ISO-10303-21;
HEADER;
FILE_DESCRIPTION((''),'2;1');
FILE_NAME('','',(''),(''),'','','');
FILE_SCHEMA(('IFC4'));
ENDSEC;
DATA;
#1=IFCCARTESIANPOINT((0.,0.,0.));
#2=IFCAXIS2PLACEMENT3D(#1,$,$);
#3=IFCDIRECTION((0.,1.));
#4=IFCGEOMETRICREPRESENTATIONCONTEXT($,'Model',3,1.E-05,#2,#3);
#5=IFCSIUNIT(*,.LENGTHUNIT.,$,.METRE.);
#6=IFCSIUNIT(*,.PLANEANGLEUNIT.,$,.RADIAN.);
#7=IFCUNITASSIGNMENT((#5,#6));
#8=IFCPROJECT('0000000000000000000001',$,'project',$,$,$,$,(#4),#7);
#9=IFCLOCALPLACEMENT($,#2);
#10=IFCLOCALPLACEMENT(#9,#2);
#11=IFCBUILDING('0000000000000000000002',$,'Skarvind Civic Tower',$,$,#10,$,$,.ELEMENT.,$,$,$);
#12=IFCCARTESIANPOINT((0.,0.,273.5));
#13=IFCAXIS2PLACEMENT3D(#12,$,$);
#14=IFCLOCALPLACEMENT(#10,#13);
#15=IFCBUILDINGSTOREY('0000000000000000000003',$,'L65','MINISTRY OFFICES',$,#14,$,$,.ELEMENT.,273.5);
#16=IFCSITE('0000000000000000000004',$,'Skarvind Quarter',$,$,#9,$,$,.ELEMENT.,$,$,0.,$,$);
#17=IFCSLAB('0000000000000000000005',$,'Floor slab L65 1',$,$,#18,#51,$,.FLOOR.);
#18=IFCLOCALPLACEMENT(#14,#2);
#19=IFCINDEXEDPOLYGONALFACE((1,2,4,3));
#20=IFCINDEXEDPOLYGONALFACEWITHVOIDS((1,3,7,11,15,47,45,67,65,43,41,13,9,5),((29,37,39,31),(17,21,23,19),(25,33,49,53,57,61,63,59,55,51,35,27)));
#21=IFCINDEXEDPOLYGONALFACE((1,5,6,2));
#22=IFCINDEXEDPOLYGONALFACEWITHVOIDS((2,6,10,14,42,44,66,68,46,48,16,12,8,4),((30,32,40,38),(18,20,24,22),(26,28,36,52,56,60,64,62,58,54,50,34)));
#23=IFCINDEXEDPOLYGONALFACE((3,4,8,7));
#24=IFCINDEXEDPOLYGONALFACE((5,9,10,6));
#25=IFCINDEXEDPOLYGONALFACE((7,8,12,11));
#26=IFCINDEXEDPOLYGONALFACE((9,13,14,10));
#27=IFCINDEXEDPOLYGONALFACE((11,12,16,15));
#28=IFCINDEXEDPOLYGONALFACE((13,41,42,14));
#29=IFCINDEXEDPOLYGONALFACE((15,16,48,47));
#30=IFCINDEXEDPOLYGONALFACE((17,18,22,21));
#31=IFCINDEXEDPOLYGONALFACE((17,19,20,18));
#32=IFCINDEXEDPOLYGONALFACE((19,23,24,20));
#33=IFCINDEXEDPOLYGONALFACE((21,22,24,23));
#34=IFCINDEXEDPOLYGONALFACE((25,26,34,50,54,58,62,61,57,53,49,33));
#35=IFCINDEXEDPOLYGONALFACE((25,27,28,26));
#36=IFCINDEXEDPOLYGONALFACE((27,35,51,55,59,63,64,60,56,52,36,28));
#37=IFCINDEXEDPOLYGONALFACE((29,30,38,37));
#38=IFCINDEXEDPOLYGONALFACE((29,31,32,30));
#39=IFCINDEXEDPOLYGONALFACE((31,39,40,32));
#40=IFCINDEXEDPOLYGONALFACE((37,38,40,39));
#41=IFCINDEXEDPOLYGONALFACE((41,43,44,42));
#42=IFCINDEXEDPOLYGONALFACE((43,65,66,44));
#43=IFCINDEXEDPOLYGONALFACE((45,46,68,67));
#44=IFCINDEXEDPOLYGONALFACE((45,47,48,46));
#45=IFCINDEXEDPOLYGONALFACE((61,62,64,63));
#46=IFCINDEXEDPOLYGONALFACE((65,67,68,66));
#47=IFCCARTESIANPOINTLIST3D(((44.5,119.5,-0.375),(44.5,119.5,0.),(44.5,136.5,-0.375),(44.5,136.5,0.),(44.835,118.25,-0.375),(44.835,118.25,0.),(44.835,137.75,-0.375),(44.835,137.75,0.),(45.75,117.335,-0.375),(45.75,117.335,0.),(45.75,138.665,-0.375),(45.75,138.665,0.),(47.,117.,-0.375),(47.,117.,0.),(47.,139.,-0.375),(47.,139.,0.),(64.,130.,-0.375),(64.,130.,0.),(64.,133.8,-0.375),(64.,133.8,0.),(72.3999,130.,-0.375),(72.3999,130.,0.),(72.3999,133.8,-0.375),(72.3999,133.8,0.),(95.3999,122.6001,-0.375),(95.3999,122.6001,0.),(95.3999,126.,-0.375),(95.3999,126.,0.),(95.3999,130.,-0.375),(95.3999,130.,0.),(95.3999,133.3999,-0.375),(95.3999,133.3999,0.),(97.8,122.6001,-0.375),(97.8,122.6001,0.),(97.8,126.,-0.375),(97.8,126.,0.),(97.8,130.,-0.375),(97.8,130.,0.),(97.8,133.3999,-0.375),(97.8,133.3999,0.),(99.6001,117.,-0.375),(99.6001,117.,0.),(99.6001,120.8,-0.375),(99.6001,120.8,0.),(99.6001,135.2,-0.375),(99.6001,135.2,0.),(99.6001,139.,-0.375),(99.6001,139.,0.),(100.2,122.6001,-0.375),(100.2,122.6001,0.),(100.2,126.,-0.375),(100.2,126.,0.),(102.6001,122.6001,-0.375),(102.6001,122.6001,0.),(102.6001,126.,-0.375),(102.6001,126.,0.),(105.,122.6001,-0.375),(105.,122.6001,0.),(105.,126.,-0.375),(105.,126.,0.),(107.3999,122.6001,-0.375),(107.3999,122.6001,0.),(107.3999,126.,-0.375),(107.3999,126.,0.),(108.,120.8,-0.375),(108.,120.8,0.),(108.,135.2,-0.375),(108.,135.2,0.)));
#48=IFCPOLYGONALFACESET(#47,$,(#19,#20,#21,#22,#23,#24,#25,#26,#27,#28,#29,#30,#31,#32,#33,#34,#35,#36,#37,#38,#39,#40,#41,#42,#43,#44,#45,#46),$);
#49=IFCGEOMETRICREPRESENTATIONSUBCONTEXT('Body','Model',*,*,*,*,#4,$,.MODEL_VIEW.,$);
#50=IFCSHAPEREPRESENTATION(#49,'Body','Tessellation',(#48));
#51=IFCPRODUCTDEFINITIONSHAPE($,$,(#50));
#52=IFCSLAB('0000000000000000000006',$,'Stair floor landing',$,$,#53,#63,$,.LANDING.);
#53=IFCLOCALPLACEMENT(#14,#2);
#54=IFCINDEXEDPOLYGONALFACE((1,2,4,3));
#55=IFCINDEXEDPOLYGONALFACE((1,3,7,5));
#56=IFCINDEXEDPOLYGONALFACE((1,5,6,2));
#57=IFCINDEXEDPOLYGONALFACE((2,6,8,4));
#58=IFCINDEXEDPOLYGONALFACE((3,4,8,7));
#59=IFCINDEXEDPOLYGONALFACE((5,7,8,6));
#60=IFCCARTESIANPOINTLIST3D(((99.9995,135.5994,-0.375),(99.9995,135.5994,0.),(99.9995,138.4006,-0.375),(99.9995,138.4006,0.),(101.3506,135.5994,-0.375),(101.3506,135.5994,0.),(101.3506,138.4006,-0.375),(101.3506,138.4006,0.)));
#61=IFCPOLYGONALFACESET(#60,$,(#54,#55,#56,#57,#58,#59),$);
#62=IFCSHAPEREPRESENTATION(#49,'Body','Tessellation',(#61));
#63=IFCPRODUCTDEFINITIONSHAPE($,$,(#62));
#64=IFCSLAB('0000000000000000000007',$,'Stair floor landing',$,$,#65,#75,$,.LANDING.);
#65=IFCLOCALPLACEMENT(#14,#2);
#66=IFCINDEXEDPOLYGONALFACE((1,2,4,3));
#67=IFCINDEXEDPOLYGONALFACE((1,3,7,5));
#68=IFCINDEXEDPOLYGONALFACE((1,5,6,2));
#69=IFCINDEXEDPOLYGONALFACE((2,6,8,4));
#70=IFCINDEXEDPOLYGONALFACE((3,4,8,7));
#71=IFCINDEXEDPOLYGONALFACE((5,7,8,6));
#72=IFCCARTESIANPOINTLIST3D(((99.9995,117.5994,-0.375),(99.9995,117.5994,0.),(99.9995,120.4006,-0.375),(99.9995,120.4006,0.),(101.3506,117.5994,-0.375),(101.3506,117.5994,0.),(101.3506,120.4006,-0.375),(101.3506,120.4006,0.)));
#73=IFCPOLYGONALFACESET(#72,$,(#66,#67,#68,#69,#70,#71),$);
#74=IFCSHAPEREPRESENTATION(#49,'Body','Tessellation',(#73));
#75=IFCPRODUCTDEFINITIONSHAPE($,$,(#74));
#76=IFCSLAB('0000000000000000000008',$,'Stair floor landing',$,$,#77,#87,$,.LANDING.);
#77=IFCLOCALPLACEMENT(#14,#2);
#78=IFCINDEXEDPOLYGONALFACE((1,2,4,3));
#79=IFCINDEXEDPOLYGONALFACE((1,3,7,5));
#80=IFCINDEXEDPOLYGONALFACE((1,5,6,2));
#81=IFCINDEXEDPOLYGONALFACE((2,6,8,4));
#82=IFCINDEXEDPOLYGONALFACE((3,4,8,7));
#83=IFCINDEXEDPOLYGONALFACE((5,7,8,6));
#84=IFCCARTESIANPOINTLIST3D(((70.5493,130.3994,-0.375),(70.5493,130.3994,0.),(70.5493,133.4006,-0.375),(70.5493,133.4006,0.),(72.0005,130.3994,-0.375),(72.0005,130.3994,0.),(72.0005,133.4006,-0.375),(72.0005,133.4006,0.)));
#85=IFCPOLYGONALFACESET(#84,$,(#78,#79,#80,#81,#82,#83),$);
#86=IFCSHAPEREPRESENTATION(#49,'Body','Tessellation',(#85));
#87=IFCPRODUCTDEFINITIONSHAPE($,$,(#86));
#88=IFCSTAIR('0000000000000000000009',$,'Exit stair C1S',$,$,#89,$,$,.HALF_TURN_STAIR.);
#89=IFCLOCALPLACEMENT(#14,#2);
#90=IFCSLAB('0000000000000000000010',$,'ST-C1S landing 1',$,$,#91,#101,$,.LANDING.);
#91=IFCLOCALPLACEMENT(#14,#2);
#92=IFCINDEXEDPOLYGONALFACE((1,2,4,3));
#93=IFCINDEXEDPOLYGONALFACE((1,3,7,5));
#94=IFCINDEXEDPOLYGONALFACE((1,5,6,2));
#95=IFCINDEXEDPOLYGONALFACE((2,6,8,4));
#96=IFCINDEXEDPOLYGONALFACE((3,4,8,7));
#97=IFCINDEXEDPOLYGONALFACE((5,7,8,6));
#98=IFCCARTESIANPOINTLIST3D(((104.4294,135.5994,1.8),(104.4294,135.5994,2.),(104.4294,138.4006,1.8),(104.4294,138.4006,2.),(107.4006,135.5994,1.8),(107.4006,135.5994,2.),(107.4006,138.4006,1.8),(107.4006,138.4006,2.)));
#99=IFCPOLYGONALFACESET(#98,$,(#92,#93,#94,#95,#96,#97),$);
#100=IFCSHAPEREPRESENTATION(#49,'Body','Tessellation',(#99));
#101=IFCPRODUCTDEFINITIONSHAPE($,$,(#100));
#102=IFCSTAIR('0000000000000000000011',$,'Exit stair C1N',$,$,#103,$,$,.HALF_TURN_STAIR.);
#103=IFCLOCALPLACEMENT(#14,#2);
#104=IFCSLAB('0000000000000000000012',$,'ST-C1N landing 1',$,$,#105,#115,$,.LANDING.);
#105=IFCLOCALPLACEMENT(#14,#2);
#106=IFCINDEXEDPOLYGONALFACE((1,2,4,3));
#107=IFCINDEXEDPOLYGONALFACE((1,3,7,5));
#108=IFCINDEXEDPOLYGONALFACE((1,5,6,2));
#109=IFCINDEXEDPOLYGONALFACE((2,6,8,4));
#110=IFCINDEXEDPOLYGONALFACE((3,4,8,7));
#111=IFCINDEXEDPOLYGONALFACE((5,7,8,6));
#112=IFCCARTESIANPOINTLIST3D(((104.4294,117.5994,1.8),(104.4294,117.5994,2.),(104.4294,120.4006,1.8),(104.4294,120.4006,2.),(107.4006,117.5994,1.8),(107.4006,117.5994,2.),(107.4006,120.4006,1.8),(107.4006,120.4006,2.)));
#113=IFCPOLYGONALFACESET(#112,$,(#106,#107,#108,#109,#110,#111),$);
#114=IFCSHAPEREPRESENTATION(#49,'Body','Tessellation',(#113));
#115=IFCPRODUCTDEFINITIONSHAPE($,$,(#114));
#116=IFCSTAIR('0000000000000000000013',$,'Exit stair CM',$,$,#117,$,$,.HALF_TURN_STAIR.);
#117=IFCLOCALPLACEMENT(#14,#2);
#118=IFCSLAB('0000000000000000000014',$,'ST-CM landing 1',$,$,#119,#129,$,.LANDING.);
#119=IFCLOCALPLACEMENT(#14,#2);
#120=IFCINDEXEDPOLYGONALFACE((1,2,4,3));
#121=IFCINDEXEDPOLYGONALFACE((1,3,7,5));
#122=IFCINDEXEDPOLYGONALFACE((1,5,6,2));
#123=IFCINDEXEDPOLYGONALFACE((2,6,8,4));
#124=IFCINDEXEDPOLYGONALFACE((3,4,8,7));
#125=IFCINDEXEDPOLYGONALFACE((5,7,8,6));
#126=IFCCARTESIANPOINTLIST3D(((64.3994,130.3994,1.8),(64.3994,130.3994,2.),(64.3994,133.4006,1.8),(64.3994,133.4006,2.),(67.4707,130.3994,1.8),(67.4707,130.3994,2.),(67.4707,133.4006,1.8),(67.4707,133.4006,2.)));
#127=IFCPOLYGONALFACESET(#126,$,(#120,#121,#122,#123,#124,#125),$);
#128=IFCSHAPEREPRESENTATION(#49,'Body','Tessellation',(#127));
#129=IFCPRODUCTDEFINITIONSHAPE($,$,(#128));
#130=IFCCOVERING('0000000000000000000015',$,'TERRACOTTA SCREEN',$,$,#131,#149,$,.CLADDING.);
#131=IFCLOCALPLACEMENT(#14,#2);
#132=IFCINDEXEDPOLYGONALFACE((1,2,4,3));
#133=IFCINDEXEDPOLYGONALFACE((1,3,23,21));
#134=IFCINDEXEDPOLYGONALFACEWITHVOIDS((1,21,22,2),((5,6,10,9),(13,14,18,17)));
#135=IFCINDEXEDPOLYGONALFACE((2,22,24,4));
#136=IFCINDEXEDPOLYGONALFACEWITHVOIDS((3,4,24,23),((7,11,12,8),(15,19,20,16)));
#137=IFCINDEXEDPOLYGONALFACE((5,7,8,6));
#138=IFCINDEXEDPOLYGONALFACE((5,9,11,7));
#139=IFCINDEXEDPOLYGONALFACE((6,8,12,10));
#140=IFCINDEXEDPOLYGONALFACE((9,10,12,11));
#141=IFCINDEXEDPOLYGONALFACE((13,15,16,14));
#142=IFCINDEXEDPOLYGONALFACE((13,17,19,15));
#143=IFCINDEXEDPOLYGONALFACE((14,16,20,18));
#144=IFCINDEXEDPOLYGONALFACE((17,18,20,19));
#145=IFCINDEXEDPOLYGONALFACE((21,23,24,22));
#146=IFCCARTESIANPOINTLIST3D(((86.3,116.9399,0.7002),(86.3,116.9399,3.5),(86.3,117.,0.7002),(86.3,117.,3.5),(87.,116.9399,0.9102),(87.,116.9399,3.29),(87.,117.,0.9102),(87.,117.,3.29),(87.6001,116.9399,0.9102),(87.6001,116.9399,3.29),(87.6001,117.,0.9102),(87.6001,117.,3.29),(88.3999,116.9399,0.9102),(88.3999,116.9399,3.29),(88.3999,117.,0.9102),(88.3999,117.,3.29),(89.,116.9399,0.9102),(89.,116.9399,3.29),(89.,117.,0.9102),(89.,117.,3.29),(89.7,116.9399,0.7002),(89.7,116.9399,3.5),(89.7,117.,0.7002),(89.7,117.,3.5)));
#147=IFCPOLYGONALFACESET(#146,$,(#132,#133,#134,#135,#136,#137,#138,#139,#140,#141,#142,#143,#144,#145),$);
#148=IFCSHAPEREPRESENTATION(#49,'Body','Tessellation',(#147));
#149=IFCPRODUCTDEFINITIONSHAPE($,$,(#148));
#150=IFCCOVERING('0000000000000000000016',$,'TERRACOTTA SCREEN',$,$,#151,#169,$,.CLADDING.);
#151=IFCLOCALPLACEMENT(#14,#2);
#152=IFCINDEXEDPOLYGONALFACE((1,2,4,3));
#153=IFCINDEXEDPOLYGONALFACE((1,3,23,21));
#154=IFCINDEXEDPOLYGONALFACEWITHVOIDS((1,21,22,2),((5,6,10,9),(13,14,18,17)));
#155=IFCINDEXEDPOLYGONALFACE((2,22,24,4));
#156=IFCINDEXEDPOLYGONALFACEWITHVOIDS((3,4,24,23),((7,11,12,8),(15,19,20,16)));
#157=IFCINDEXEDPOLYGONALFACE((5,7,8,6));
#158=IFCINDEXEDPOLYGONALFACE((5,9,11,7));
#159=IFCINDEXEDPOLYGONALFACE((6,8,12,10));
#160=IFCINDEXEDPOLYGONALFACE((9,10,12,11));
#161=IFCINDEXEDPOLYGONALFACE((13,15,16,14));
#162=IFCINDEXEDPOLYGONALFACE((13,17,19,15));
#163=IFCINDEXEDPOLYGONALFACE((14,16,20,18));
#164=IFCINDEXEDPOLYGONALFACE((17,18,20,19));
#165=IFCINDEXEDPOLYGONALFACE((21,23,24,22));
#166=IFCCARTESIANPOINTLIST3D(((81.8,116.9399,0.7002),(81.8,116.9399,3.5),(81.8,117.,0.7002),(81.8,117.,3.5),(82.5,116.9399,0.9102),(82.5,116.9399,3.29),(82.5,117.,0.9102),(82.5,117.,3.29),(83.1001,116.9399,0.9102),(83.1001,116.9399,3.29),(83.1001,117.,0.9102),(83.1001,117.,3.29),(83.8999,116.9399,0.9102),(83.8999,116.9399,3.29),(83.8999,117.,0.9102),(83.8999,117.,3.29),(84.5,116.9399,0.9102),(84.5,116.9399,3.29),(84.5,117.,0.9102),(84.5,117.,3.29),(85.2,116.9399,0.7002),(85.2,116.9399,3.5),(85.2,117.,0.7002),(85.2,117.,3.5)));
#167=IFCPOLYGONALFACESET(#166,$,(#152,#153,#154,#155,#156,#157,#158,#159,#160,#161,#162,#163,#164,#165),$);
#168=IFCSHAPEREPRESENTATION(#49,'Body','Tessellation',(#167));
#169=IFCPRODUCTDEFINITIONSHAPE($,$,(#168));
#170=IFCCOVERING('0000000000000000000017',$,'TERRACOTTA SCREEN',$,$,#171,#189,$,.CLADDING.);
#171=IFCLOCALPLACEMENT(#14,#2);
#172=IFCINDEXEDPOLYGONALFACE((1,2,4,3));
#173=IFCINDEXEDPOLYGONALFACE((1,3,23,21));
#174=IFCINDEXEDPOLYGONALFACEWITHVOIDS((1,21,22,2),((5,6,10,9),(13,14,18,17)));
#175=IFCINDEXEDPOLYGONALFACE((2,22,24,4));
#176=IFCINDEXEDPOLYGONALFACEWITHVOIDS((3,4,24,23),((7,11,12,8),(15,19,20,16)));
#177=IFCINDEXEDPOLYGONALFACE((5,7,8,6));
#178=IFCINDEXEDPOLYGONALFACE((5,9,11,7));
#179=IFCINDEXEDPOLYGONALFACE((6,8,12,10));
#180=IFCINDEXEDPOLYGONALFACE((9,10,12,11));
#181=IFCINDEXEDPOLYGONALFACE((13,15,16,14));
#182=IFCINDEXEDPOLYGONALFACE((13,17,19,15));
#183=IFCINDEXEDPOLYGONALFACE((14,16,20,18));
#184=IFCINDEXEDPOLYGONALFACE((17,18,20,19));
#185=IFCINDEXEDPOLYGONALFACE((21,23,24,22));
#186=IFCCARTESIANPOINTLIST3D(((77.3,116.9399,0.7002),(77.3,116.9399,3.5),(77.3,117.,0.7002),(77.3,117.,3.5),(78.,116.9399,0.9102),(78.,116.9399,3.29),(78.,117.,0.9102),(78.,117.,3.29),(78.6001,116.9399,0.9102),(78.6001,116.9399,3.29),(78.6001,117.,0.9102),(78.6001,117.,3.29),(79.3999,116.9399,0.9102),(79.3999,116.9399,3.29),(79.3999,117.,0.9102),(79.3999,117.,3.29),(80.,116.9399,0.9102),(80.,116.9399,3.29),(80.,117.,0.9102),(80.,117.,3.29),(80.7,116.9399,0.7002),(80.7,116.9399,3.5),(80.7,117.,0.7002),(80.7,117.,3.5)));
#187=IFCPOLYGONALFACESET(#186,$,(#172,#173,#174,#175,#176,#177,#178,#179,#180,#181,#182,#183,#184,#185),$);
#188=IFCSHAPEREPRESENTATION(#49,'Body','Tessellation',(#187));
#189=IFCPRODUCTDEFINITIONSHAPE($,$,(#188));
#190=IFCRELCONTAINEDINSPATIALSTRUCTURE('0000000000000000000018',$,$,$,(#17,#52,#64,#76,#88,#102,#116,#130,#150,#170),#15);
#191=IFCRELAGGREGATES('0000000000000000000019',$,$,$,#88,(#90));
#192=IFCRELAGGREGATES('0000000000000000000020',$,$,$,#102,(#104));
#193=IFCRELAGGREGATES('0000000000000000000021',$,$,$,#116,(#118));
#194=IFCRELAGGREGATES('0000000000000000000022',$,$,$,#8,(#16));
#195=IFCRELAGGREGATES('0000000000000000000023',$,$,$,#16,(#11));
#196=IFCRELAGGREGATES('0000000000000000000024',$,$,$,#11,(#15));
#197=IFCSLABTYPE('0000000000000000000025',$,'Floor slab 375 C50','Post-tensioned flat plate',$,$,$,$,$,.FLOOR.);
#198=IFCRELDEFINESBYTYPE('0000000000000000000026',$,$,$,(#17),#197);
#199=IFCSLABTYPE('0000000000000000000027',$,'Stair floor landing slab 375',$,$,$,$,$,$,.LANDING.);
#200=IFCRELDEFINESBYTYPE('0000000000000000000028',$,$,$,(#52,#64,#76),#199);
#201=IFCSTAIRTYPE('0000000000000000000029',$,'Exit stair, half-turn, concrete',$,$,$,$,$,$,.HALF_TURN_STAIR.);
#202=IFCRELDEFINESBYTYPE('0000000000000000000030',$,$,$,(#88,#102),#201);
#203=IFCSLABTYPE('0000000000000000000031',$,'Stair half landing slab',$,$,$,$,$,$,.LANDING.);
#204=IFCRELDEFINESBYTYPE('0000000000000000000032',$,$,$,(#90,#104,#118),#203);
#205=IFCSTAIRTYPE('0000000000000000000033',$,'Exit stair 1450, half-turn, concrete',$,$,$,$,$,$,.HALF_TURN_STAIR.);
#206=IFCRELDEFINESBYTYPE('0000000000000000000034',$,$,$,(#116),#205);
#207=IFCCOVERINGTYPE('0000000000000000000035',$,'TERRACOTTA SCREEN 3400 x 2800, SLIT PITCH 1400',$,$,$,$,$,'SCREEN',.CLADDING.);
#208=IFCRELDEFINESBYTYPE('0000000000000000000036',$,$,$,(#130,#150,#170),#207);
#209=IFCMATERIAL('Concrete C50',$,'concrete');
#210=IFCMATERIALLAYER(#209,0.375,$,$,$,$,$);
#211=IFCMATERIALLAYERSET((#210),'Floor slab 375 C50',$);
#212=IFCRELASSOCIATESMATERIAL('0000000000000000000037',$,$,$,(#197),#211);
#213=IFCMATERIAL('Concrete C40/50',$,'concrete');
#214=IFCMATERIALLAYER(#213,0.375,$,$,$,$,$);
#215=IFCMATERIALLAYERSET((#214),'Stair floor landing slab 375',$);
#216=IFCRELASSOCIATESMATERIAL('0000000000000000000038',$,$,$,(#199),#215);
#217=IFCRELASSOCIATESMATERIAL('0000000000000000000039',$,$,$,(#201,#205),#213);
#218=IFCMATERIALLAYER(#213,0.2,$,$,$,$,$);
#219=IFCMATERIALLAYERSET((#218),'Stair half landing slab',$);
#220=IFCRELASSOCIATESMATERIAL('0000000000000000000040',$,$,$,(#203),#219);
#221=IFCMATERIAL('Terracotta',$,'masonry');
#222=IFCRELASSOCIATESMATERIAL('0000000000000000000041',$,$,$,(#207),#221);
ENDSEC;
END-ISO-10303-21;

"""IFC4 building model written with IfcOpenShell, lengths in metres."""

from ifc_helpers import new_model, si_unit, direction, frame, origin, place, context, subcontext, project, spatial, polyline, outline, extrude, material, layer, layer_set, material_profile, profile_set, type_object, element, aggregate, save


model = new_model("IFC4")

# Units and contexts
model_context = context("Model", 3, precision=1e-05, world=origin(), true_north=direction((0.0, 1.0)))
body_context = subcontext(model_context, "Body", "Model", "MODEL_VIEW")
ifc_project = project(units=[si_unit("LENGTHUNIT", "METRE"), si_unit("PLANEANGLEUNIT", "RADIAN")], contexts=[model_context])

# Site, building, storey
site_placement = place(None, origin())
site = spatial("IfcSite", under=ifc_project, at=site_placement, Name="Skarvind Quarter", CompositionType="ELEMENT", RefElevation=0.0)
building_placement = place(site_placement, origin())
building = spatial("IfcBuilding", under=site, at=building_placement, Name="Skarvind Civic Tower", CompositionType="ELEMENT")
storey_placement = place(building_placement, frame((0.0, 0.0, 273.5)))
storey = spatial("IfcBuildingStorey", under=building, at=storey_placement, Name="L65", Description="MINISTRY OFFICES", CompositionType="ELEMENT", Elevation=273.5)

# Slabs
ifc_material_1 = material(Name="Concrete C50", Category="concrete")
ifc_layer_1 = layer(ifc_material_1, 0.375)
ifc_layer_set_1 = layer_set([ifc_layer_1], Name="Floor slab 375 C50")
slab_type_1 = type_object("IfcSlabType", Name="Floor slab 375 C50", Description="Post-tensioned flat plate", PredefinedType="FLOOR", material=ifc_layer_set_1)
slab_1_placement = place(storey_placement, frame((0.0, 0.0, -0.375)))
element("IfcSlab", 1, at=slab_1_placement, inside=storey, type_object=slab_type_1, Name="Floor slab L65 1", PredefinedType="FLOOR", context=body_context, shape_type="SweptSolid", body=[
    extrude(outline(polyline([(99.6001, 117.0), (99.6001, 120.8), (108.0, 120.8), (108.0, 135.2), (99.6001, 135.2), (99.6001, 139.0), (47.0, 139.0), (45.75, 138.665), (44.835, 137.75), (44.5, 136.5), (44.5, 119.5), (44.835, 118.25), (45.75, 117.335), (47.0, 117.0), (99.6001, 117.0)]), holes=[polyline([(95.3999, 126.0), (97.8, 126.0), (100.2, 126.0), (102.6001, 126.0), (105.0, 126.0), (107.3999, 126.0), (107.3999, 122.6001), (105.0, 122.6001), (102.6001, 122.6001), (100.2, 122.6001), (97.8, 122.6001), (95.3999, 122.6001), (95.3999, 126.0)]), polyline([(95.3999, 133.3999), (97.8, 133.3999), (97.8, 130.0), (95.3999, 130.0), (95.3999, 133.3999)]), polyline([(64.0, 130.0), (64.0, 133.8), (72.3999, 133.8), (72.3999, 130.0), (64.0, 130.0)])]), origin(), (0.0, 0.0, 1.0), 0.375),
])
ifc_material_2 = material(Name="Concrete C40/50", Category="concrete")
ifc_layer_2 = layer(ifc_material_2, 0.375)
ifc_layer_set_2 = layer_set([ifc_layer_2], Name="Stair floor landing slab 375")
slab_type_2 = type_object("IfcSlabType", Name="Stair floor landing slab 375", PredefinedType="LANDING", material=ifc_layer_set_2)
slab_2_placement = place(storey_placement, frame((0.0, 0.0, -0.375)))
element("IfcSlab", 2, at=slab_2_placement, inside=storey, type_object=slab_type_2, Name="Stair floor landing", PredefinedType="LANDING", context=body_context, shape_type="SweptSolid", body=[
    extrude(outline(polyline([(101.3506, 138.4006), (101.3506, 135.5994), (99.9995, 135.5994), (99.9995, 138.4006), (101.3506, 138.4006)])), origin(), (0.0, 0.0, 1.0), 0.375),
])
slab_3_placement = place(storey_placement, frame((0.0, 0.0, -0.375)))
element("IfcSlab", 3, at=slab_3_placement, inside=storey, type_object=slab_type_2, Name="Stair floor landing", PredefinedType="LANDING", context=body_context, shape_type="SweptSolid", body=[
    extrude(outline(polyline([(101.3506, 120.4006), (101.3506, 117.5994), (99.9995, 117.5994), (99.9995, 120.4006), (101.3506, 120.4006)])), origin(), (0.0, 0.0, 1.0), 0.375),
])
slab_4_placement = place(storey_placement, frame((0.0, 0.0, -0.375)))
element("IfcSlab", 4, at=slab_4_placement, inside=storey, type_object=slab_type_2, Name="Stair floor landing", PredefinedType="LANDING", context=body_context, shape_type="SweptSolid", body=[
    extrude(outline(polyline([(70.5493, 130.3994), (70.5493, 133.4006), (72.0005, 133.4006), (72.0005, 130.3994), (70.5493, 130.3994)])), origin(), (0.0, 0.0, 1.0), 0.375),
])

# Stairs, slabs
stair_type_1 = type_object("IfcStairType", Name="Exit stair, half-turn, concrete", PredefinedType="HALF_TURN_STAIR", material=ifc_material_2)
stair_1_placement = place(storey_placement, origin())
stair_1 = element("IfcStair", 5, at=stair_1_placement, inside=storey, type_object=stair_type_1, Name="Exit stair C1S", PredefinedType="HALF_TURN_STAIR")
ifc_layer_3 = layer(ifc_material_2, 0.2)
ifc_layer_set_3 = layer_set([ifc_layer_3], Name="Stair half landing slab")
slab_type_3 = type_object("IfcSlabType", Name="Stair half landing slab", PredefinedType="LANDING", material=ifc_layer_set_3)
slab_5_placement = place(storey_placement, frame((0.0, 0.0, 1.8)))
slab_5 = element("IfcSlab", 6, at=slab_5_placement, type_object=slab_type_3, Name="ST-C1S landing 1", PredefinedType="LANDING", context=body_context, shape_type="SweptSolid", body=[
    extrude(outline(polyline([(104.4294, 135.5994), (104.4294, 138.4006), (107.4006, 138.4006), (107.4006, 135.5994), (104.4294, 135.5994)])), origin(), (0.0, 0.0, 1.0), 0.2),
])
aggregate(stair_1, [slab_5])
stair_2_placement = place(storey_placement, origin())
stair_2 = element("IfcStair", 7, at=stair_2_placement, inside=storey, type_object=stair_type_1, Name="Exit stair C1N", PredefinedType="HALF_TURN_STAIR")
slab_6_placement = place(storey_placement, frame((0.0, 0.0, 1.8)))
slab_6 = element("IfcSlab", 8, at=slab_6_placement, type_object=slab_type_3, Name="ST-C1N landing 1", PredefinedType="LANDING", context=body_context, shape_type="SweptSolid", body=[
    extrude(outline(polyline([(104.4294, 117.5994), (104.4294, 120.4006), (107.4006, 120.4006), (107.4006, 117.5994), (104.4294, 117.5994)])), origin(), (0.0, 0.0, 1.0), 0.2),
])
aggregate(stair_2, [slab_6])
stair_type_2 = type_object("IfcStairType", Name="Exit stair 1450, half-turn, concrete", PredefinedType="HALF_TURN_STAIR", material=ifc_material_2)
stair_3_placement = place(storey_placement, origin())
stair_3 = element("IfcStair", 9, at=stair_3_placement, inside=storey, type_object=stair_type_2, Name="Exit stair CM", PredefinedType="HALF_TURN_STAIR")
slab_7_placement = place(storey_placement, frame((0.0, 0.0, 1.8)))
slab_7 = element("IfcSlab", 10, at=slab_7_placement, type_object=slab_type_3, Name="ST-CM landing 1", PredefinedType="LANDING", context=body_context, shape_type="SweptSolid", body=[
    extrude(outline(polyline([(67.4707, 133.4006), (67.4707, 130.3994), (64.3994, 130.3994), (64.3994, 133.4006), (67.4707, 133.4006)])), origin(), (0.0, 0.0, 1.0), 0.2),
])
aggregate(stair_3, [slab_7])

# Coverings
ifc_material_3 = material(Name="Terracotta", Category="masonry")
ifc_material_profile = material_profile(ifc_material_3, outline(polyline([(-1.7, -1.3999), (1.7, -1.3999), (1.7, 1.3999), (-1.7, 1.3999), (-1.7, -1.3999)]), holes=[polyline([(-1.0, -1.1899), (-0.3999, -1.1899), (-0.3999, 1.1899), (-1.0, 1.1899), (-1.0, -1.1899)]), polyline([(0.3999, -1.1899), (1.0, -1.1899), (1.0, 1.1899), (0.3999, 1.1899), (0.3999, -1.1899)])]), Name="TERRACOTTA SCREEN 3400 x 2800, SLIT PITCH 1400")
ifc_profile_set = profile_set([ifc_material_profile], Name="Terracotta")
covering_type = type_object("IfcCoveringType", Name="TERRACOTTA SCREEN 3400 x 2800, SLIT PITCH 1400", ElementType="SCREEN", PredefinedType="CLADDING", material=ifc_profile_set)
for number, where, z_axis, x_axis, name in (
    (11, (88.0, 117.0, 2.1001), (0.0, -1.0, 0.0), (1.0, 0.0, 0.0), "TERRACOTTA SCREEN"),
    (12, (83.5, 117.0, 2.1001), (0.0, -1.0, 0.0), (1.0, 0.0, 0.0), "TERRACOTTA SCREEN"),
    (13, (79.0, 117.0, 2.1001), (0.0, -1.0, 0.0), (1.0, 0.0, 0.0), "TERRACOTTA SCREEN"),
):
    element("IfcCovering", number, at=place(storey_placement, frame(where, z_axis=z_axis, x_axis=x_axis)), inside=storey, type_object=covering_type, Name=name, PredefinedType="CLADDING", context=body_context, shape_type="SweptSolid", body=[
        extrude(outline(polyline([(-1.7, -1.3999), (1.7, -1.3999), (1.7, 1.3999), (-1.7, 1.3999), (-1.7, -1.3999)]), holes=[polyline([(-1.0, -1.1899), (-0.3999, -1.1899), (-0.3999, 1.1899), (-1.0, 1.1899), (-1.0, -1.1899)]), polyline([(0.3999, -1.1899), (1.0, -1.1899), (1.0, 1.1899), (0.3999, 1.1899), (0.3999, -1.1899)])]), origin(), (0.0, 0.0, 1.0), 0.0601),
    ])

save(model, "model.ifc")
